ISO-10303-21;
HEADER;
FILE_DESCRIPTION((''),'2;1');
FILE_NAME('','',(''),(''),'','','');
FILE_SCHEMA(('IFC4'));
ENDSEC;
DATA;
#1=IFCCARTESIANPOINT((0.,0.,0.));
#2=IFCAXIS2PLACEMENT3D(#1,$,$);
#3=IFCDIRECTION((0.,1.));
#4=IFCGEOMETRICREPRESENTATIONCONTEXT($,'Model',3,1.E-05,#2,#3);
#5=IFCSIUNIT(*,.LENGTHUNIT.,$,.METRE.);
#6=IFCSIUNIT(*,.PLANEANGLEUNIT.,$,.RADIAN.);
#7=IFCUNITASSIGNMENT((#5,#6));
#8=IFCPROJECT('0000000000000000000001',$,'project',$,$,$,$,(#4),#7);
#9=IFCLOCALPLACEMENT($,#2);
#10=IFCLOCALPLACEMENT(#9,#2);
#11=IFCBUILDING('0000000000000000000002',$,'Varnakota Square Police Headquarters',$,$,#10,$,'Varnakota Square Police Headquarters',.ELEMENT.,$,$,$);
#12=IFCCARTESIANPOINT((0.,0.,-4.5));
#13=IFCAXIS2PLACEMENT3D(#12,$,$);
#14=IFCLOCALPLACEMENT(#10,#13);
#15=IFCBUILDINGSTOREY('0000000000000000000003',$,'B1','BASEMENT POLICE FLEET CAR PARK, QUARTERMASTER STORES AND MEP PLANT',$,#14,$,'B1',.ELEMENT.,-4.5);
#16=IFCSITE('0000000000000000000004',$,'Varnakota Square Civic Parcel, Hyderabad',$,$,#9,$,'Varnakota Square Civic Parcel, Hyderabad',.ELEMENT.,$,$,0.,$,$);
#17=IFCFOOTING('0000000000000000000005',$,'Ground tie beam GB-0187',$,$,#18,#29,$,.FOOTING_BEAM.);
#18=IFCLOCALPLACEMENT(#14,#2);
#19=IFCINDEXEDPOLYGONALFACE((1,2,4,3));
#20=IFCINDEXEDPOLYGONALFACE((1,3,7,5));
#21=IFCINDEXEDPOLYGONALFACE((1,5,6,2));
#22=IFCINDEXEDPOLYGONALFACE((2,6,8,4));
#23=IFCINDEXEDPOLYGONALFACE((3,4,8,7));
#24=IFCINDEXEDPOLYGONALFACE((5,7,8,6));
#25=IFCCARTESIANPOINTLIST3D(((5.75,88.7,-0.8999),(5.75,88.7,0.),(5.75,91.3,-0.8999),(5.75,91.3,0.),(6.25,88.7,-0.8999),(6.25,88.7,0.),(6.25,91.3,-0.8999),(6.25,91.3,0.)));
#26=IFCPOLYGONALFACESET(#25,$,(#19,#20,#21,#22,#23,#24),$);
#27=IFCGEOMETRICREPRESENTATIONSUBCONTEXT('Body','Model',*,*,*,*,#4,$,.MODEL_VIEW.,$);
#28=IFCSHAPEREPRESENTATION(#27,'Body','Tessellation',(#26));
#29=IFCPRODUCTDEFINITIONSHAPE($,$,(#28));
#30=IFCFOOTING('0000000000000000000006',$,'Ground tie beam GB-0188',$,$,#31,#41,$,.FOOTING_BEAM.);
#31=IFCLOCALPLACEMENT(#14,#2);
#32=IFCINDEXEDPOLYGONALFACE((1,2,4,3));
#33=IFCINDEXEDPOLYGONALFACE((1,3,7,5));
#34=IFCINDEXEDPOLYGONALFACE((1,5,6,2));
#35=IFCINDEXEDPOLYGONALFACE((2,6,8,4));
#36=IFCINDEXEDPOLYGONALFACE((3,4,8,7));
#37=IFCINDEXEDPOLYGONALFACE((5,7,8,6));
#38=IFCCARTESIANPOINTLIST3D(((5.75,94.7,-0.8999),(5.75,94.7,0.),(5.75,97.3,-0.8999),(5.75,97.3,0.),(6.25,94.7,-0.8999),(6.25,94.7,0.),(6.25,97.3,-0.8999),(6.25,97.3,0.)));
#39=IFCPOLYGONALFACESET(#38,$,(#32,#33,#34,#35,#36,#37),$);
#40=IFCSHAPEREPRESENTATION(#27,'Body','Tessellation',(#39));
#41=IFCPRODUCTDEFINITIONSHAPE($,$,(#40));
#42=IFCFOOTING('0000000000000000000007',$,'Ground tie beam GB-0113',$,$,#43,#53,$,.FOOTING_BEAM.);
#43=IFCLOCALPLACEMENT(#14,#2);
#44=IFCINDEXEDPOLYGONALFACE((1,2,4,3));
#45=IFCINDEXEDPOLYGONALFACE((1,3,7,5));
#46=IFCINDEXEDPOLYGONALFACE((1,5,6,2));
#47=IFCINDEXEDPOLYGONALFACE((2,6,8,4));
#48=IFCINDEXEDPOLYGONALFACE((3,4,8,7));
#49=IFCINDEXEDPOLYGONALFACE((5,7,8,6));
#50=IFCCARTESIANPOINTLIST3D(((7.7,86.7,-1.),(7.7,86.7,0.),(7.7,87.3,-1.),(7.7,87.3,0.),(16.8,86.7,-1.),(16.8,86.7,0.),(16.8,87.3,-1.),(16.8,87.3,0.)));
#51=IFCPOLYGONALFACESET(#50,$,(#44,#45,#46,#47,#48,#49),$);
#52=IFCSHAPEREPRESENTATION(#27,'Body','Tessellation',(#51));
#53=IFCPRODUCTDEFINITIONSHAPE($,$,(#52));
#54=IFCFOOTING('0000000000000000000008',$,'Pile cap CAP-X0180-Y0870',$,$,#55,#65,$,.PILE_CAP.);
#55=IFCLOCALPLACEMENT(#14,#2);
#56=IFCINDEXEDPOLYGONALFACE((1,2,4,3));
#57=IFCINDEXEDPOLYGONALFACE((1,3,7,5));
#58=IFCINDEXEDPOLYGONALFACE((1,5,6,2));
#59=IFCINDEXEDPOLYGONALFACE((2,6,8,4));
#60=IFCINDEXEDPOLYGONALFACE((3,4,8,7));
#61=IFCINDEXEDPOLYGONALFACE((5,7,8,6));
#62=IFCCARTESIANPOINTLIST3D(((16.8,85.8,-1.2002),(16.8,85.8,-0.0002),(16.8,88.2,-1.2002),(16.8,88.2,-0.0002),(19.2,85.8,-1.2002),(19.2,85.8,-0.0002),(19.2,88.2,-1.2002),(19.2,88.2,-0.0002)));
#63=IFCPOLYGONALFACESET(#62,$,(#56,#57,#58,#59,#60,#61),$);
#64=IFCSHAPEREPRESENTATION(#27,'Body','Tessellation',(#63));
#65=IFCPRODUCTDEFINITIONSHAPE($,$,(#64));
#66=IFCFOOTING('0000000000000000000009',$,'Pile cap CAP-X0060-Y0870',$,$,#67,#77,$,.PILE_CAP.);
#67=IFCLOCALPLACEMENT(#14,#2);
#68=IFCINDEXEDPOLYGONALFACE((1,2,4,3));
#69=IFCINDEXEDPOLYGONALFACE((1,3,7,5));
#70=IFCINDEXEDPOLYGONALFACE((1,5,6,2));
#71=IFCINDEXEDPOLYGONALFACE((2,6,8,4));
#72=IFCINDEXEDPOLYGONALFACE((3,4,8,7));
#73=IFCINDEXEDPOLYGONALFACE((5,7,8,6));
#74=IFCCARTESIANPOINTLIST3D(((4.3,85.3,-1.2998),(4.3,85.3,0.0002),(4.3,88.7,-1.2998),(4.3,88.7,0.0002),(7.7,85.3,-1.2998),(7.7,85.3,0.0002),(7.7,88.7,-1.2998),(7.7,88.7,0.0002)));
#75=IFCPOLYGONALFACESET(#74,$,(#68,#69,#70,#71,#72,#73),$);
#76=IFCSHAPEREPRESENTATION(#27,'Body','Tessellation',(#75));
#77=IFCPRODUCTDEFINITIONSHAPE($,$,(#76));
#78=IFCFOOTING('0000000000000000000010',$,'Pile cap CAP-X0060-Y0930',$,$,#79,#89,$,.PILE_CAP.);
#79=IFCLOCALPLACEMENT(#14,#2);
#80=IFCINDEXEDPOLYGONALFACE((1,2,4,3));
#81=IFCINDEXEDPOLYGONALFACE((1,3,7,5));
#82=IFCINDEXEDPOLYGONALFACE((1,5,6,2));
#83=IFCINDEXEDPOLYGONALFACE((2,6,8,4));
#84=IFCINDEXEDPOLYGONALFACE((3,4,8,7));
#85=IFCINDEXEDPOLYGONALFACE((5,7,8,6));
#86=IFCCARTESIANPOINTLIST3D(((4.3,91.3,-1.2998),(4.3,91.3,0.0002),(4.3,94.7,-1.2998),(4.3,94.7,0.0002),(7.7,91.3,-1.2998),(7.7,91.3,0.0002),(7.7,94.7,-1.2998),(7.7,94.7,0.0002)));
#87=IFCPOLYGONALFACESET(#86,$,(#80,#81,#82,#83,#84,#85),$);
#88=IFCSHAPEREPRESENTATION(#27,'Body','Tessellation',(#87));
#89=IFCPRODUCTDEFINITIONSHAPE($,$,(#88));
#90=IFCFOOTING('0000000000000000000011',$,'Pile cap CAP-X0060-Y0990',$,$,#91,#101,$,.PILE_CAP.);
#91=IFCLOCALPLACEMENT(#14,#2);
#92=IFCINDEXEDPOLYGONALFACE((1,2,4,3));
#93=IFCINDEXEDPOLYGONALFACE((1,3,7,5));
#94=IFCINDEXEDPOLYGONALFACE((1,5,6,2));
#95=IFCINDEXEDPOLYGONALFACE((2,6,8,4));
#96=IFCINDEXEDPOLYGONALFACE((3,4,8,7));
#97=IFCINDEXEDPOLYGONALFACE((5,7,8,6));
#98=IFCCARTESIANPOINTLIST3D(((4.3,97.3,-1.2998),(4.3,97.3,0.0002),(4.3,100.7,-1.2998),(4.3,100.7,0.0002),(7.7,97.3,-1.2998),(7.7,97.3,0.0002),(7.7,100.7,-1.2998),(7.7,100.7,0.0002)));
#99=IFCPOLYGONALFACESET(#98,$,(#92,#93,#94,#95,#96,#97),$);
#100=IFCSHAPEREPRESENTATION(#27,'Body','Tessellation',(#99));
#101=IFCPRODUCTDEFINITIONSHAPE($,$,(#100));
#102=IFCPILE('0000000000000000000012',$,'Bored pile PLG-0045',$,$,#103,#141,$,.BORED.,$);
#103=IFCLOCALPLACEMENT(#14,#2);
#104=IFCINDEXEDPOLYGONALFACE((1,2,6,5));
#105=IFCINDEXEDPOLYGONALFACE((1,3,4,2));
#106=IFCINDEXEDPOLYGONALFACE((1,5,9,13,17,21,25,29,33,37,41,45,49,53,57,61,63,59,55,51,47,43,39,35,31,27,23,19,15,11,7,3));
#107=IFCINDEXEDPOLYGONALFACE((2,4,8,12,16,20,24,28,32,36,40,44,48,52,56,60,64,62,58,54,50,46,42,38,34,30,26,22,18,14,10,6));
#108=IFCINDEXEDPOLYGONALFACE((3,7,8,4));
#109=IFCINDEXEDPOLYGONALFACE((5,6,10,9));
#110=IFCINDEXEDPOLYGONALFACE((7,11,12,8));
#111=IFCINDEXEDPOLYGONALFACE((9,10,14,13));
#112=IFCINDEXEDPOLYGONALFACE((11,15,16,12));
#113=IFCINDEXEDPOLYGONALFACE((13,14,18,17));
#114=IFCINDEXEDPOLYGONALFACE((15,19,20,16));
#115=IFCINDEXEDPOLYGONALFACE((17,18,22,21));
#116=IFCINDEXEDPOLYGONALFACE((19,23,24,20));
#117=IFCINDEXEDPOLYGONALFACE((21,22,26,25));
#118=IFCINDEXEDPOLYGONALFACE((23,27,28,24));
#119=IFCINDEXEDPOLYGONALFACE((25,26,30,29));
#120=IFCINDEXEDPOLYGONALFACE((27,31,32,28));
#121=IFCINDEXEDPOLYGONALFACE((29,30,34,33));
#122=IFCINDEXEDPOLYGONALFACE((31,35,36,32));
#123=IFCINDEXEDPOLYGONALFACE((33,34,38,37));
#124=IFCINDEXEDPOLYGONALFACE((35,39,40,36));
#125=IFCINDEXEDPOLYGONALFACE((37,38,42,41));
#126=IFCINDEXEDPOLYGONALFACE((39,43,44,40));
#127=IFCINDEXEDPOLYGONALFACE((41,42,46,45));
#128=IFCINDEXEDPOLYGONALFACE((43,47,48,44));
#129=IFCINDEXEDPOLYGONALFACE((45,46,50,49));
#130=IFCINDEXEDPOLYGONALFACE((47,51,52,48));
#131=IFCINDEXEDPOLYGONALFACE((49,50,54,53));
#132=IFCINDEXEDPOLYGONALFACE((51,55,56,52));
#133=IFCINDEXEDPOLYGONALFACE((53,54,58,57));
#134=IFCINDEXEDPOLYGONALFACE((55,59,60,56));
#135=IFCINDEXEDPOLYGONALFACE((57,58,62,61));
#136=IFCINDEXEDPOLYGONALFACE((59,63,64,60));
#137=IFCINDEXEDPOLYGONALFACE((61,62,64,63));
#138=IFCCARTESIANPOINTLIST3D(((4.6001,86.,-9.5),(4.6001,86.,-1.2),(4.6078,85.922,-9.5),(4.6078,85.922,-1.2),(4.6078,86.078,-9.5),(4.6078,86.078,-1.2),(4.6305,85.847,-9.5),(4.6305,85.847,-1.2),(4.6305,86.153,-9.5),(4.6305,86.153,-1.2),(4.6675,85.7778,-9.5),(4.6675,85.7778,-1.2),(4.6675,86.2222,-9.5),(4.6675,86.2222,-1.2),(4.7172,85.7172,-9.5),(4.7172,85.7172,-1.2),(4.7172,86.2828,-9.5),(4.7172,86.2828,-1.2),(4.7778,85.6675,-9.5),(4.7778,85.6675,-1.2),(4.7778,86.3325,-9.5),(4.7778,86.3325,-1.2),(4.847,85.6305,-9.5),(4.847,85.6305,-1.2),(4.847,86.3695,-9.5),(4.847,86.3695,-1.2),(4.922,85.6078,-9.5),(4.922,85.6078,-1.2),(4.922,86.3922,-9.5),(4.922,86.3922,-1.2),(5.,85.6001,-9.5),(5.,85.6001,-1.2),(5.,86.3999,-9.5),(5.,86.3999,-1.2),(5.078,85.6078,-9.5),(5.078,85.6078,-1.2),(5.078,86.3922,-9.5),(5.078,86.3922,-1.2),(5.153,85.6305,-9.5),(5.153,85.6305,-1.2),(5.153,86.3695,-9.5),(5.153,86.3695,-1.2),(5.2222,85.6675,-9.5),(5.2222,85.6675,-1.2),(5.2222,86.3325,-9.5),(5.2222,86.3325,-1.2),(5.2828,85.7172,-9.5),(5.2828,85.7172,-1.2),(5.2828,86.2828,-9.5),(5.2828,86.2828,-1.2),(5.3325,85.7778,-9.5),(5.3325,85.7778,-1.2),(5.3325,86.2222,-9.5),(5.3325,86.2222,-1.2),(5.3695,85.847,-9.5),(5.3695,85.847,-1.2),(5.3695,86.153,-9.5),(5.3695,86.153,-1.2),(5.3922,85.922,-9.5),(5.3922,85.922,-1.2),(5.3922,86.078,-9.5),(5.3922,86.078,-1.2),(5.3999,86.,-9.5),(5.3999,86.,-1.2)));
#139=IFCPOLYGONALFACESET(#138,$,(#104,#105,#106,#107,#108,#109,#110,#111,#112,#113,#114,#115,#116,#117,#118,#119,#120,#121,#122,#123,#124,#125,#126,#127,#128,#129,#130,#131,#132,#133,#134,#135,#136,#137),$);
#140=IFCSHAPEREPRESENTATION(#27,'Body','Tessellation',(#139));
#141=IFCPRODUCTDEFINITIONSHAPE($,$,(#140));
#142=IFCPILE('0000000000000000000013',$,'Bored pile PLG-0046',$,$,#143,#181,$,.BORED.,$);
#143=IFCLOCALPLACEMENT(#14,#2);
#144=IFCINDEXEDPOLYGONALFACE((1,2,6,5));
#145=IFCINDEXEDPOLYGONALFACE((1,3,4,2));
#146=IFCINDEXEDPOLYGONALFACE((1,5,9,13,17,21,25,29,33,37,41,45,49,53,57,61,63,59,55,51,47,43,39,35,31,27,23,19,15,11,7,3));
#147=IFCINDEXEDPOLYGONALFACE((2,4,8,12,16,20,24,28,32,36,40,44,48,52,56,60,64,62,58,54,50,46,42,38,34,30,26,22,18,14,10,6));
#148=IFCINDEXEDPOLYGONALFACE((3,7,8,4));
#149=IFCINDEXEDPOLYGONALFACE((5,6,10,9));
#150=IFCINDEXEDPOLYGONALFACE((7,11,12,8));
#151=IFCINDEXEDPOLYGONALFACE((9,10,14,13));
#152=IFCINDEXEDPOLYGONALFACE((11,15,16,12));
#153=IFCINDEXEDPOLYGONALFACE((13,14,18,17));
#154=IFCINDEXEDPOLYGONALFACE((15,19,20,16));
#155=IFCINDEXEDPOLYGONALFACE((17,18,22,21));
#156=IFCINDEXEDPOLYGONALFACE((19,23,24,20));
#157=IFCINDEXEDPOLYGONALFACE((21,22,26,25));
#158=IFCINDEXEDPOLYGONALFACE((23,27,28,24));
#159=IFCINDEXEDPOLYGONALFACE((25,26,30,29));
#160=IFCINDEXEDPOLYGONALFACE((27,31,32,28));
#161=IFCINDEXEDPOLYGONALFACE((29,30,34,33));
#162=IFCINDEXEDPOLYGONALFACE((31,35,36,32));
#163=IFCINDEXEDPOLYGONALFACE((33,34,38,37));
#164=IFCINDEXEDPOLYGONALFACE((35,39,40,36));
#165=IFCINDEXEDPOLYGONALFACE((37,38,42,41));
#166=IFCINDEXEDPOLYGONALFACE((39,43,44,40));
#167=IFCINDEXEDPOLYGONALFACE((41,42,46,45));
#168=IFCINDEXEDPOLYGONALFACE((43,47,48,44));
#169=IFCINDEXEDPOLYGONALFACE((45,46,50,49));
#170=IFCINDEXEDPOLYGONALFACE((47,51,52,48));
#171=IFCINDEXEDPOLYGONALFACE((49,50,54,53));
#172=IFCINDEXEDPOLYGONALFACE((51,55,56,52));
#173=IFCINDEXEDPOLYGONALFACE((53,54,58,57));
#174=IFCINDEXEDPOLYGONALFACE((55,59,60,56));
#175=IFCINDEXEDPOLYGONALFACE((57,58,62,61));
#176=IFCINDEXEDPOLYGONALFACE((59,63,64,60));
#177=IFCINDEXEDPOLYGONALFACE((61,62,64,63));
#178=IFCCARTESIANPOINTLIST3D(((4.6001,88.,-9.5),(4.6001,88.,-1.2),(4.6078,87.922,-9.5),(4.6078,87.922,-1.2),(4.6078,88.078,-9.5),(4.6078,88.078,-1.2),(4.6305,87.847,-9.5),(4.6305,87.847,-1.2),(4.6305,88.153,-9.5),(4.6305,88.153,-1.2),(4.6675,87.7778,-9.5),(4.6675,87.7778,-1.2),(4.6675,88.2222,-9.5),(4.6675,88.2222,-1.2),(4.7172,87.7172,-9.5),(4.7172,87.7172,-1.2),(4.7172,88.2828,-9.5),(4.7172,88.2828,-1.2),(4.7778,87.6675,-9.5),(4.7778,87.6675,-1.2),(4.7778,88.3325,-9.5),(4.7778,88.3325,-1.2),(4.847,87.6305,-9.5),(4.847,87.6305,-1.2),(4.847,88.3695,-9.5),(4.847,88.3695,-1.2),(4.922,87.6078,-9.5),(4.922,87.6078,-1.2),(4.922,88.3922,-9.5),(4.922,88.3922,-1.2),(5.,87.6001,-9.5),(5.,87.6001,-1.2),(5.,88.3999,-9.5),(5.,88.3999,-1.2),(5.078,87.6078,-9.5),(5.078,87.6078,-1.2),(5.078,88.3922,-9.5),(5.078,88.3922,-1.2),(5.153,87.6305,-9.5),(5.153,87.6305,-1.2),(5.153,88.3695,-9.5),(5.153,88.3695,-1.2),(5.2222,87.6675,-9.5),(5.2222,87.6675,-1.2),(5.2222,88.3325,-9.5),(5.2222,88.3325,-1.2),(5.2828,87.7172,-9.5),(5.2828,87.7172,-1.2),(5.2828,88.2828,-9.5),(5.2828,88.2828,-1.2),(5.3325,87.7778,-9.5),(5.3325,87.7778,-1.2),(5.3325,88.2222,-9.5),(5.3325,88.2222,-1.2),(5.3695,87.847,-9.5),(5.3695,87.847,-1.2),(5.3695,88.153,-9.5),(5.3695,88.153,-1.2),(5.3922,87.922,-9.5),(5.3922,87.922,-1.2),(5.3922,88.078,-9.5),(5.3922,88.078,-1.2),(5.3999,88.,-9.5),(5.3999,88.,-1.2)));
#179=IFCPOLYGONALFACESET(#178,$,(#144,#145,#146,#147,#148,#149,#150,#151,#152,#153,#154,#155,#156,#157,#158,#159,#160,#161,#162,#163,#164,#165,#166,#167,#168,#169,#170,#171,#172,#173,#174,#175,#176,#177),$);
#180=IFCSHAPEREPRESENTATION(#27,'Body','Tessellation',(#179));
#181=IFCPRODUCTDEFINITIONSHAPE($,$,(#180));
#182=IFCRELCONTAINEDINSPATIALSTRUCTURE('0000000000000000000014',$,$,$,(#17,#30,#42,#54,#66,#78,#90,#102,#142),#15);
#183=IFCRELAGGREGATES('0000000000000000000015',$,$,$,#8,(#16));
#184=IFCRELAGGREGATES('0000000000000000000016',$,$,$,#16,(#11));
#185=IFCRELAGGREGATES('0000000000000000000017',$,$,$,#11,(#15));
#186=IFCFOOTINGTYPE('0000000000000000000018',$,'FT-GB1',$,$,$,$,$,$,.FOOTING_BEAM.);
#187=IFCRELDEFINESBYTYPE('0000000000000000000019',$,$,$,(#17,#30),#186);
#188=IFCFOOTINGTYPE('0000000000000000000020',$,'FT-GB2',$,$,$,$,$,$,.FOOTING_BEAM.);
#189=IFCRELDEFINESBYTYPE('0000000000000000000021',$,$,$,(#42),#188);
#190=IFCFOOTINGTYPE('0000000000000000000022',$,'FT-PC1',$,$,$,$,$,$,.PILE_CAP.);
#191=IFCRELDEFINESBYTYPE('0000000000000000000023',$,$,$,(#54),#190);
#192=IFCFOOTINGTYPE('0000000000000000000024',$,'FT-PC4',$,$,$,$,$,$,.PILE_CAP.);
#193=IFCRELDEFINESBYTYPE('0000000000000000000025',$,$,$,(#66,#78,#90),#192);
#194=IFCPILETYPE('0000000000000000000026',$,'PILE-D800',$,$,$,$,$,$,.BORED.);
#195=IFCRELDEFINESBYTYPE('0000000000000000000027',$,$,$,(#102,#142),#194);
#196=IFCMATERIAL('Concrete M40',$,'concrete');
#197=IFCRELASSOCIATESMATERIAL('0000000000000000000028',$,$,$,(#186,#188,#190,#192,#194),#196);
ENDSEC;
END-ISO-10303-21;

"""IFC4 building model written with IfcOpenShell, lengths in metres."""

from ifc_helpers import new_model, si_unit, direction, frame, origin, origin_2d, place, context, subcontext, project, spatial, rectangle, circle, extrude, material, material_profile, profile_set, type_object, element, save


model = new_model("IFC4")

# Units and contexts
model_context = context("Model", 3, precision=1e-05, world=origin(), true_north=direction((0.0, 1.0)))
body_context = subcontext(model_context, "Body", "Model", "MODEL_VIEW")
ifc_project = project(units=[si_unit("LENGTHUNIT", "METRE"), si_unit("PLANEANGLEUNIT", "RADIAN")], contexts=[model_context])

# Site, building, storey
site_placement = place(None, origin())
site = spatial("IfcSite", under=ifc_project, at=site_placement, Name="Varnakota Square Civic Parcel, Hyderabad", LongName="Varnakota Square Civic Parcel, Hyderabad", CompositionType="ELEMENT", RefElevation=0.0)
building_placement = place(site_placement, origin())
building = spatial("IfcBuilding", under=site, at=building_placement, Name="Varnakota Square Police Headquarters", LongName="Varnakota Square Police Headquarters", CompositionType="ELEMENT")
storey_placement = place(building_placement, frame((0.0, 0.0, -4.5)))
storey = spatial("IfcBuildingStorey", under=building, at=storey_placement, Name="B1", Description="BASEMENT POLICE FLEET CAR PARK, QUARTERMASTER STORES AND MEP PLANT", LongName="B1", CompositionType="ELEMENT", Elevation=-4.5)

# Footings
ifc_material_1 = material(Name="Concrete M40", Category="concrete")
ifc_material_profile_1 = material_profile(ifc_material_1, rectangle(XDim=0.5, YDim=0.8999, at=origin_2d()), Name="GB 500x900")
ifc_profile_set_1 = profile_set([ifc_material_profile_1], Name="Concrete M40")
footing_type_1 = type_object("IfcFootingType", Name="FT-GB1", PredefinedType="FOOTING_BEAM", material=ifc_profile_set_1)
for number, where, z_axis, x_axis, name in (
    (1, (6.0, 88.7, -0.45), (0.0, 1.0, 0.0), (-1.0, 0.0, 0.0), "Ground tie beam GB-0187"),
    (2, (6.0, 94.7, -0.45), (0.0, 1.0, 0.0), (-1.0, 0.0, 0.0), "Ground tie beam GB-0188"),
):
    element("IfcFooting", number, at=place(storey_placement, frame(where, z_axis=z_axis, x_axis=x_axis)), inside=storey, type_object=footing_type_1, Name=name, PredefinedType="FOOTING_BEAM", context=body_context, shape_type="SweptSolid", body=[
        extrude(rectangle(XDim=0.5, YDim=0.8999, at=origin_2d()), origin(), (0.0, 0.0, 1.0), 2.6001),
    ])
ifc_material_profile_2 = material_profile(ifc_material_1, rectangle(XDim=0.6001, YDim=1.0, at=origin_2d()), Name="GB 600x1000")
ifc_profile_set_2 = profile_set([ifc_material_profile_2], Name="Concrete M40")
footing_type_2 = type_object("IfcFootingType", Name="FT-GB2", PredefinedType="FOOTING_BEAM", material=ifc_profile_set_2)
footing_1_placement = place(storey_placement, frame((7.7, 87.0, -0.5), z_axis=(1.0, 0.0, 0.0), x_axis=(0.0, 1.0, 0.0)))
element("IfcFooting", 3, at=footing_1_placement, inside=storey, type_object=footing_type_2, Name="Ground tie beam GB-0113", PredefinedType="FOOTING_BEAM", context=body_context, shape_type="SweptSolid", body=[
    extrude(rectangle(XDim=0.6001, YDim=1.0, at=origin_2d()), origin(), (0.0, 0.0, 1.0), 9.1001),
])
footing_type_3 = type_object("IfcFootingType", Name="FT-PC1", PredefinedType="PILE_CAP", material=ifc_material_1)
footing_2_placement = place(storey_placement, frame((18.0, 87.0, -1.2002), z_axis=(0.0, 0.0, 1.0), x_axis=(1.0, 0.0, 0.0)))
element("IfcFooting", 4, at=footing_2_placement, inside=storey, type_object=footing_type_3, Name="Pile cap CAP-X0180-Y0870", PredefinedType="PILE_CAP", context=body_context, shape_type="SweptSolid", body=[
    extrude(rectangle(XDim=2.3999, YDim=2.3999, at=origin_2d()), origin(), (0.0, 0.0, 1.0), 1.2),
])
footing_type_4 = type_object("IfcFootingType", Name="FT-PC4", PredefinedType="PILE_CAP", material=ifc_material_1)
for number, where, z_axis, x_axis, name in (
    (5, (6.0, 87.0, -1.2998), (0.0, 0.0, 1.0), (1.0, 0.0, 0.0), "Pile cap CAP-X0060-Y0870"),
    (6, (6.0, 93.0, -1.2998), (0.0, 0.0, 1.0), (1.0, 0.0, 0.0), "Pile cap CAP-X0060-Y0930"),
    (7, (6.0, 99.0, -1.2998), (0.0, 0.0, 1.0), (1.0, 0.0, 0.0), "Pile cap CAP-X0060-Y0990"),
):
    element("IfcFooting", number, at=place(storey_placement, frame(where, z_axis=z_axis, x_axis=x_axis)), inside=storey, type_object=footing_type_4, Name=name, PredefinedType="PILE_CAP", context=body_context, shape_type="SweptSolid", body=[
        extrude(rectangle(XDim=3.3999, YDim=3.3999, at=origin_2d()), origin(), (0.0, 0.0, 1.0), 1.3),
    ])

# Piles
ifc_material_profile_3 = material_profile(ifc_material_1, circle(Radius=0.3999, at=origin_2d()), Name="BORED PILE 800")
ifc_profile_set_3 = profile_set([ifc_material_profile_3], Name="Concrete M40")
pile_type = type_object("IfcPileType", Name="PILE-D800", PredefinedType="BORED", material=ifc_profile_set_3)
for number, where, z_axis, x_axis, name in (
    (8, (5.0, 86.0, -1.2), (0.0, 0.0, -1.0), (1.0, 0.0, 0.0), "Bored pile PLG-0045"),
    (9, (5.0, 88.0, -1.2), (0.0, 0.0, -1.0), (1.0, 0.0, 0.0), "Bored pile PLG-0046"),
):
    element("IfcPile", number, at=place(storey_placement, frame(where, z_axis=z_axis, x_axis=x_axis)), inside=storey, type_object=pile_type, Name=name, PredefinedType="BORED", context=body_context, shape_type="SweptSolid", body=[
        extrude(circle(Radius=0.3999, at=origin_2d()), origin(), (0.0, 0.0, 1.0), 8.3),
    ])

save(model, "model.ifc")
